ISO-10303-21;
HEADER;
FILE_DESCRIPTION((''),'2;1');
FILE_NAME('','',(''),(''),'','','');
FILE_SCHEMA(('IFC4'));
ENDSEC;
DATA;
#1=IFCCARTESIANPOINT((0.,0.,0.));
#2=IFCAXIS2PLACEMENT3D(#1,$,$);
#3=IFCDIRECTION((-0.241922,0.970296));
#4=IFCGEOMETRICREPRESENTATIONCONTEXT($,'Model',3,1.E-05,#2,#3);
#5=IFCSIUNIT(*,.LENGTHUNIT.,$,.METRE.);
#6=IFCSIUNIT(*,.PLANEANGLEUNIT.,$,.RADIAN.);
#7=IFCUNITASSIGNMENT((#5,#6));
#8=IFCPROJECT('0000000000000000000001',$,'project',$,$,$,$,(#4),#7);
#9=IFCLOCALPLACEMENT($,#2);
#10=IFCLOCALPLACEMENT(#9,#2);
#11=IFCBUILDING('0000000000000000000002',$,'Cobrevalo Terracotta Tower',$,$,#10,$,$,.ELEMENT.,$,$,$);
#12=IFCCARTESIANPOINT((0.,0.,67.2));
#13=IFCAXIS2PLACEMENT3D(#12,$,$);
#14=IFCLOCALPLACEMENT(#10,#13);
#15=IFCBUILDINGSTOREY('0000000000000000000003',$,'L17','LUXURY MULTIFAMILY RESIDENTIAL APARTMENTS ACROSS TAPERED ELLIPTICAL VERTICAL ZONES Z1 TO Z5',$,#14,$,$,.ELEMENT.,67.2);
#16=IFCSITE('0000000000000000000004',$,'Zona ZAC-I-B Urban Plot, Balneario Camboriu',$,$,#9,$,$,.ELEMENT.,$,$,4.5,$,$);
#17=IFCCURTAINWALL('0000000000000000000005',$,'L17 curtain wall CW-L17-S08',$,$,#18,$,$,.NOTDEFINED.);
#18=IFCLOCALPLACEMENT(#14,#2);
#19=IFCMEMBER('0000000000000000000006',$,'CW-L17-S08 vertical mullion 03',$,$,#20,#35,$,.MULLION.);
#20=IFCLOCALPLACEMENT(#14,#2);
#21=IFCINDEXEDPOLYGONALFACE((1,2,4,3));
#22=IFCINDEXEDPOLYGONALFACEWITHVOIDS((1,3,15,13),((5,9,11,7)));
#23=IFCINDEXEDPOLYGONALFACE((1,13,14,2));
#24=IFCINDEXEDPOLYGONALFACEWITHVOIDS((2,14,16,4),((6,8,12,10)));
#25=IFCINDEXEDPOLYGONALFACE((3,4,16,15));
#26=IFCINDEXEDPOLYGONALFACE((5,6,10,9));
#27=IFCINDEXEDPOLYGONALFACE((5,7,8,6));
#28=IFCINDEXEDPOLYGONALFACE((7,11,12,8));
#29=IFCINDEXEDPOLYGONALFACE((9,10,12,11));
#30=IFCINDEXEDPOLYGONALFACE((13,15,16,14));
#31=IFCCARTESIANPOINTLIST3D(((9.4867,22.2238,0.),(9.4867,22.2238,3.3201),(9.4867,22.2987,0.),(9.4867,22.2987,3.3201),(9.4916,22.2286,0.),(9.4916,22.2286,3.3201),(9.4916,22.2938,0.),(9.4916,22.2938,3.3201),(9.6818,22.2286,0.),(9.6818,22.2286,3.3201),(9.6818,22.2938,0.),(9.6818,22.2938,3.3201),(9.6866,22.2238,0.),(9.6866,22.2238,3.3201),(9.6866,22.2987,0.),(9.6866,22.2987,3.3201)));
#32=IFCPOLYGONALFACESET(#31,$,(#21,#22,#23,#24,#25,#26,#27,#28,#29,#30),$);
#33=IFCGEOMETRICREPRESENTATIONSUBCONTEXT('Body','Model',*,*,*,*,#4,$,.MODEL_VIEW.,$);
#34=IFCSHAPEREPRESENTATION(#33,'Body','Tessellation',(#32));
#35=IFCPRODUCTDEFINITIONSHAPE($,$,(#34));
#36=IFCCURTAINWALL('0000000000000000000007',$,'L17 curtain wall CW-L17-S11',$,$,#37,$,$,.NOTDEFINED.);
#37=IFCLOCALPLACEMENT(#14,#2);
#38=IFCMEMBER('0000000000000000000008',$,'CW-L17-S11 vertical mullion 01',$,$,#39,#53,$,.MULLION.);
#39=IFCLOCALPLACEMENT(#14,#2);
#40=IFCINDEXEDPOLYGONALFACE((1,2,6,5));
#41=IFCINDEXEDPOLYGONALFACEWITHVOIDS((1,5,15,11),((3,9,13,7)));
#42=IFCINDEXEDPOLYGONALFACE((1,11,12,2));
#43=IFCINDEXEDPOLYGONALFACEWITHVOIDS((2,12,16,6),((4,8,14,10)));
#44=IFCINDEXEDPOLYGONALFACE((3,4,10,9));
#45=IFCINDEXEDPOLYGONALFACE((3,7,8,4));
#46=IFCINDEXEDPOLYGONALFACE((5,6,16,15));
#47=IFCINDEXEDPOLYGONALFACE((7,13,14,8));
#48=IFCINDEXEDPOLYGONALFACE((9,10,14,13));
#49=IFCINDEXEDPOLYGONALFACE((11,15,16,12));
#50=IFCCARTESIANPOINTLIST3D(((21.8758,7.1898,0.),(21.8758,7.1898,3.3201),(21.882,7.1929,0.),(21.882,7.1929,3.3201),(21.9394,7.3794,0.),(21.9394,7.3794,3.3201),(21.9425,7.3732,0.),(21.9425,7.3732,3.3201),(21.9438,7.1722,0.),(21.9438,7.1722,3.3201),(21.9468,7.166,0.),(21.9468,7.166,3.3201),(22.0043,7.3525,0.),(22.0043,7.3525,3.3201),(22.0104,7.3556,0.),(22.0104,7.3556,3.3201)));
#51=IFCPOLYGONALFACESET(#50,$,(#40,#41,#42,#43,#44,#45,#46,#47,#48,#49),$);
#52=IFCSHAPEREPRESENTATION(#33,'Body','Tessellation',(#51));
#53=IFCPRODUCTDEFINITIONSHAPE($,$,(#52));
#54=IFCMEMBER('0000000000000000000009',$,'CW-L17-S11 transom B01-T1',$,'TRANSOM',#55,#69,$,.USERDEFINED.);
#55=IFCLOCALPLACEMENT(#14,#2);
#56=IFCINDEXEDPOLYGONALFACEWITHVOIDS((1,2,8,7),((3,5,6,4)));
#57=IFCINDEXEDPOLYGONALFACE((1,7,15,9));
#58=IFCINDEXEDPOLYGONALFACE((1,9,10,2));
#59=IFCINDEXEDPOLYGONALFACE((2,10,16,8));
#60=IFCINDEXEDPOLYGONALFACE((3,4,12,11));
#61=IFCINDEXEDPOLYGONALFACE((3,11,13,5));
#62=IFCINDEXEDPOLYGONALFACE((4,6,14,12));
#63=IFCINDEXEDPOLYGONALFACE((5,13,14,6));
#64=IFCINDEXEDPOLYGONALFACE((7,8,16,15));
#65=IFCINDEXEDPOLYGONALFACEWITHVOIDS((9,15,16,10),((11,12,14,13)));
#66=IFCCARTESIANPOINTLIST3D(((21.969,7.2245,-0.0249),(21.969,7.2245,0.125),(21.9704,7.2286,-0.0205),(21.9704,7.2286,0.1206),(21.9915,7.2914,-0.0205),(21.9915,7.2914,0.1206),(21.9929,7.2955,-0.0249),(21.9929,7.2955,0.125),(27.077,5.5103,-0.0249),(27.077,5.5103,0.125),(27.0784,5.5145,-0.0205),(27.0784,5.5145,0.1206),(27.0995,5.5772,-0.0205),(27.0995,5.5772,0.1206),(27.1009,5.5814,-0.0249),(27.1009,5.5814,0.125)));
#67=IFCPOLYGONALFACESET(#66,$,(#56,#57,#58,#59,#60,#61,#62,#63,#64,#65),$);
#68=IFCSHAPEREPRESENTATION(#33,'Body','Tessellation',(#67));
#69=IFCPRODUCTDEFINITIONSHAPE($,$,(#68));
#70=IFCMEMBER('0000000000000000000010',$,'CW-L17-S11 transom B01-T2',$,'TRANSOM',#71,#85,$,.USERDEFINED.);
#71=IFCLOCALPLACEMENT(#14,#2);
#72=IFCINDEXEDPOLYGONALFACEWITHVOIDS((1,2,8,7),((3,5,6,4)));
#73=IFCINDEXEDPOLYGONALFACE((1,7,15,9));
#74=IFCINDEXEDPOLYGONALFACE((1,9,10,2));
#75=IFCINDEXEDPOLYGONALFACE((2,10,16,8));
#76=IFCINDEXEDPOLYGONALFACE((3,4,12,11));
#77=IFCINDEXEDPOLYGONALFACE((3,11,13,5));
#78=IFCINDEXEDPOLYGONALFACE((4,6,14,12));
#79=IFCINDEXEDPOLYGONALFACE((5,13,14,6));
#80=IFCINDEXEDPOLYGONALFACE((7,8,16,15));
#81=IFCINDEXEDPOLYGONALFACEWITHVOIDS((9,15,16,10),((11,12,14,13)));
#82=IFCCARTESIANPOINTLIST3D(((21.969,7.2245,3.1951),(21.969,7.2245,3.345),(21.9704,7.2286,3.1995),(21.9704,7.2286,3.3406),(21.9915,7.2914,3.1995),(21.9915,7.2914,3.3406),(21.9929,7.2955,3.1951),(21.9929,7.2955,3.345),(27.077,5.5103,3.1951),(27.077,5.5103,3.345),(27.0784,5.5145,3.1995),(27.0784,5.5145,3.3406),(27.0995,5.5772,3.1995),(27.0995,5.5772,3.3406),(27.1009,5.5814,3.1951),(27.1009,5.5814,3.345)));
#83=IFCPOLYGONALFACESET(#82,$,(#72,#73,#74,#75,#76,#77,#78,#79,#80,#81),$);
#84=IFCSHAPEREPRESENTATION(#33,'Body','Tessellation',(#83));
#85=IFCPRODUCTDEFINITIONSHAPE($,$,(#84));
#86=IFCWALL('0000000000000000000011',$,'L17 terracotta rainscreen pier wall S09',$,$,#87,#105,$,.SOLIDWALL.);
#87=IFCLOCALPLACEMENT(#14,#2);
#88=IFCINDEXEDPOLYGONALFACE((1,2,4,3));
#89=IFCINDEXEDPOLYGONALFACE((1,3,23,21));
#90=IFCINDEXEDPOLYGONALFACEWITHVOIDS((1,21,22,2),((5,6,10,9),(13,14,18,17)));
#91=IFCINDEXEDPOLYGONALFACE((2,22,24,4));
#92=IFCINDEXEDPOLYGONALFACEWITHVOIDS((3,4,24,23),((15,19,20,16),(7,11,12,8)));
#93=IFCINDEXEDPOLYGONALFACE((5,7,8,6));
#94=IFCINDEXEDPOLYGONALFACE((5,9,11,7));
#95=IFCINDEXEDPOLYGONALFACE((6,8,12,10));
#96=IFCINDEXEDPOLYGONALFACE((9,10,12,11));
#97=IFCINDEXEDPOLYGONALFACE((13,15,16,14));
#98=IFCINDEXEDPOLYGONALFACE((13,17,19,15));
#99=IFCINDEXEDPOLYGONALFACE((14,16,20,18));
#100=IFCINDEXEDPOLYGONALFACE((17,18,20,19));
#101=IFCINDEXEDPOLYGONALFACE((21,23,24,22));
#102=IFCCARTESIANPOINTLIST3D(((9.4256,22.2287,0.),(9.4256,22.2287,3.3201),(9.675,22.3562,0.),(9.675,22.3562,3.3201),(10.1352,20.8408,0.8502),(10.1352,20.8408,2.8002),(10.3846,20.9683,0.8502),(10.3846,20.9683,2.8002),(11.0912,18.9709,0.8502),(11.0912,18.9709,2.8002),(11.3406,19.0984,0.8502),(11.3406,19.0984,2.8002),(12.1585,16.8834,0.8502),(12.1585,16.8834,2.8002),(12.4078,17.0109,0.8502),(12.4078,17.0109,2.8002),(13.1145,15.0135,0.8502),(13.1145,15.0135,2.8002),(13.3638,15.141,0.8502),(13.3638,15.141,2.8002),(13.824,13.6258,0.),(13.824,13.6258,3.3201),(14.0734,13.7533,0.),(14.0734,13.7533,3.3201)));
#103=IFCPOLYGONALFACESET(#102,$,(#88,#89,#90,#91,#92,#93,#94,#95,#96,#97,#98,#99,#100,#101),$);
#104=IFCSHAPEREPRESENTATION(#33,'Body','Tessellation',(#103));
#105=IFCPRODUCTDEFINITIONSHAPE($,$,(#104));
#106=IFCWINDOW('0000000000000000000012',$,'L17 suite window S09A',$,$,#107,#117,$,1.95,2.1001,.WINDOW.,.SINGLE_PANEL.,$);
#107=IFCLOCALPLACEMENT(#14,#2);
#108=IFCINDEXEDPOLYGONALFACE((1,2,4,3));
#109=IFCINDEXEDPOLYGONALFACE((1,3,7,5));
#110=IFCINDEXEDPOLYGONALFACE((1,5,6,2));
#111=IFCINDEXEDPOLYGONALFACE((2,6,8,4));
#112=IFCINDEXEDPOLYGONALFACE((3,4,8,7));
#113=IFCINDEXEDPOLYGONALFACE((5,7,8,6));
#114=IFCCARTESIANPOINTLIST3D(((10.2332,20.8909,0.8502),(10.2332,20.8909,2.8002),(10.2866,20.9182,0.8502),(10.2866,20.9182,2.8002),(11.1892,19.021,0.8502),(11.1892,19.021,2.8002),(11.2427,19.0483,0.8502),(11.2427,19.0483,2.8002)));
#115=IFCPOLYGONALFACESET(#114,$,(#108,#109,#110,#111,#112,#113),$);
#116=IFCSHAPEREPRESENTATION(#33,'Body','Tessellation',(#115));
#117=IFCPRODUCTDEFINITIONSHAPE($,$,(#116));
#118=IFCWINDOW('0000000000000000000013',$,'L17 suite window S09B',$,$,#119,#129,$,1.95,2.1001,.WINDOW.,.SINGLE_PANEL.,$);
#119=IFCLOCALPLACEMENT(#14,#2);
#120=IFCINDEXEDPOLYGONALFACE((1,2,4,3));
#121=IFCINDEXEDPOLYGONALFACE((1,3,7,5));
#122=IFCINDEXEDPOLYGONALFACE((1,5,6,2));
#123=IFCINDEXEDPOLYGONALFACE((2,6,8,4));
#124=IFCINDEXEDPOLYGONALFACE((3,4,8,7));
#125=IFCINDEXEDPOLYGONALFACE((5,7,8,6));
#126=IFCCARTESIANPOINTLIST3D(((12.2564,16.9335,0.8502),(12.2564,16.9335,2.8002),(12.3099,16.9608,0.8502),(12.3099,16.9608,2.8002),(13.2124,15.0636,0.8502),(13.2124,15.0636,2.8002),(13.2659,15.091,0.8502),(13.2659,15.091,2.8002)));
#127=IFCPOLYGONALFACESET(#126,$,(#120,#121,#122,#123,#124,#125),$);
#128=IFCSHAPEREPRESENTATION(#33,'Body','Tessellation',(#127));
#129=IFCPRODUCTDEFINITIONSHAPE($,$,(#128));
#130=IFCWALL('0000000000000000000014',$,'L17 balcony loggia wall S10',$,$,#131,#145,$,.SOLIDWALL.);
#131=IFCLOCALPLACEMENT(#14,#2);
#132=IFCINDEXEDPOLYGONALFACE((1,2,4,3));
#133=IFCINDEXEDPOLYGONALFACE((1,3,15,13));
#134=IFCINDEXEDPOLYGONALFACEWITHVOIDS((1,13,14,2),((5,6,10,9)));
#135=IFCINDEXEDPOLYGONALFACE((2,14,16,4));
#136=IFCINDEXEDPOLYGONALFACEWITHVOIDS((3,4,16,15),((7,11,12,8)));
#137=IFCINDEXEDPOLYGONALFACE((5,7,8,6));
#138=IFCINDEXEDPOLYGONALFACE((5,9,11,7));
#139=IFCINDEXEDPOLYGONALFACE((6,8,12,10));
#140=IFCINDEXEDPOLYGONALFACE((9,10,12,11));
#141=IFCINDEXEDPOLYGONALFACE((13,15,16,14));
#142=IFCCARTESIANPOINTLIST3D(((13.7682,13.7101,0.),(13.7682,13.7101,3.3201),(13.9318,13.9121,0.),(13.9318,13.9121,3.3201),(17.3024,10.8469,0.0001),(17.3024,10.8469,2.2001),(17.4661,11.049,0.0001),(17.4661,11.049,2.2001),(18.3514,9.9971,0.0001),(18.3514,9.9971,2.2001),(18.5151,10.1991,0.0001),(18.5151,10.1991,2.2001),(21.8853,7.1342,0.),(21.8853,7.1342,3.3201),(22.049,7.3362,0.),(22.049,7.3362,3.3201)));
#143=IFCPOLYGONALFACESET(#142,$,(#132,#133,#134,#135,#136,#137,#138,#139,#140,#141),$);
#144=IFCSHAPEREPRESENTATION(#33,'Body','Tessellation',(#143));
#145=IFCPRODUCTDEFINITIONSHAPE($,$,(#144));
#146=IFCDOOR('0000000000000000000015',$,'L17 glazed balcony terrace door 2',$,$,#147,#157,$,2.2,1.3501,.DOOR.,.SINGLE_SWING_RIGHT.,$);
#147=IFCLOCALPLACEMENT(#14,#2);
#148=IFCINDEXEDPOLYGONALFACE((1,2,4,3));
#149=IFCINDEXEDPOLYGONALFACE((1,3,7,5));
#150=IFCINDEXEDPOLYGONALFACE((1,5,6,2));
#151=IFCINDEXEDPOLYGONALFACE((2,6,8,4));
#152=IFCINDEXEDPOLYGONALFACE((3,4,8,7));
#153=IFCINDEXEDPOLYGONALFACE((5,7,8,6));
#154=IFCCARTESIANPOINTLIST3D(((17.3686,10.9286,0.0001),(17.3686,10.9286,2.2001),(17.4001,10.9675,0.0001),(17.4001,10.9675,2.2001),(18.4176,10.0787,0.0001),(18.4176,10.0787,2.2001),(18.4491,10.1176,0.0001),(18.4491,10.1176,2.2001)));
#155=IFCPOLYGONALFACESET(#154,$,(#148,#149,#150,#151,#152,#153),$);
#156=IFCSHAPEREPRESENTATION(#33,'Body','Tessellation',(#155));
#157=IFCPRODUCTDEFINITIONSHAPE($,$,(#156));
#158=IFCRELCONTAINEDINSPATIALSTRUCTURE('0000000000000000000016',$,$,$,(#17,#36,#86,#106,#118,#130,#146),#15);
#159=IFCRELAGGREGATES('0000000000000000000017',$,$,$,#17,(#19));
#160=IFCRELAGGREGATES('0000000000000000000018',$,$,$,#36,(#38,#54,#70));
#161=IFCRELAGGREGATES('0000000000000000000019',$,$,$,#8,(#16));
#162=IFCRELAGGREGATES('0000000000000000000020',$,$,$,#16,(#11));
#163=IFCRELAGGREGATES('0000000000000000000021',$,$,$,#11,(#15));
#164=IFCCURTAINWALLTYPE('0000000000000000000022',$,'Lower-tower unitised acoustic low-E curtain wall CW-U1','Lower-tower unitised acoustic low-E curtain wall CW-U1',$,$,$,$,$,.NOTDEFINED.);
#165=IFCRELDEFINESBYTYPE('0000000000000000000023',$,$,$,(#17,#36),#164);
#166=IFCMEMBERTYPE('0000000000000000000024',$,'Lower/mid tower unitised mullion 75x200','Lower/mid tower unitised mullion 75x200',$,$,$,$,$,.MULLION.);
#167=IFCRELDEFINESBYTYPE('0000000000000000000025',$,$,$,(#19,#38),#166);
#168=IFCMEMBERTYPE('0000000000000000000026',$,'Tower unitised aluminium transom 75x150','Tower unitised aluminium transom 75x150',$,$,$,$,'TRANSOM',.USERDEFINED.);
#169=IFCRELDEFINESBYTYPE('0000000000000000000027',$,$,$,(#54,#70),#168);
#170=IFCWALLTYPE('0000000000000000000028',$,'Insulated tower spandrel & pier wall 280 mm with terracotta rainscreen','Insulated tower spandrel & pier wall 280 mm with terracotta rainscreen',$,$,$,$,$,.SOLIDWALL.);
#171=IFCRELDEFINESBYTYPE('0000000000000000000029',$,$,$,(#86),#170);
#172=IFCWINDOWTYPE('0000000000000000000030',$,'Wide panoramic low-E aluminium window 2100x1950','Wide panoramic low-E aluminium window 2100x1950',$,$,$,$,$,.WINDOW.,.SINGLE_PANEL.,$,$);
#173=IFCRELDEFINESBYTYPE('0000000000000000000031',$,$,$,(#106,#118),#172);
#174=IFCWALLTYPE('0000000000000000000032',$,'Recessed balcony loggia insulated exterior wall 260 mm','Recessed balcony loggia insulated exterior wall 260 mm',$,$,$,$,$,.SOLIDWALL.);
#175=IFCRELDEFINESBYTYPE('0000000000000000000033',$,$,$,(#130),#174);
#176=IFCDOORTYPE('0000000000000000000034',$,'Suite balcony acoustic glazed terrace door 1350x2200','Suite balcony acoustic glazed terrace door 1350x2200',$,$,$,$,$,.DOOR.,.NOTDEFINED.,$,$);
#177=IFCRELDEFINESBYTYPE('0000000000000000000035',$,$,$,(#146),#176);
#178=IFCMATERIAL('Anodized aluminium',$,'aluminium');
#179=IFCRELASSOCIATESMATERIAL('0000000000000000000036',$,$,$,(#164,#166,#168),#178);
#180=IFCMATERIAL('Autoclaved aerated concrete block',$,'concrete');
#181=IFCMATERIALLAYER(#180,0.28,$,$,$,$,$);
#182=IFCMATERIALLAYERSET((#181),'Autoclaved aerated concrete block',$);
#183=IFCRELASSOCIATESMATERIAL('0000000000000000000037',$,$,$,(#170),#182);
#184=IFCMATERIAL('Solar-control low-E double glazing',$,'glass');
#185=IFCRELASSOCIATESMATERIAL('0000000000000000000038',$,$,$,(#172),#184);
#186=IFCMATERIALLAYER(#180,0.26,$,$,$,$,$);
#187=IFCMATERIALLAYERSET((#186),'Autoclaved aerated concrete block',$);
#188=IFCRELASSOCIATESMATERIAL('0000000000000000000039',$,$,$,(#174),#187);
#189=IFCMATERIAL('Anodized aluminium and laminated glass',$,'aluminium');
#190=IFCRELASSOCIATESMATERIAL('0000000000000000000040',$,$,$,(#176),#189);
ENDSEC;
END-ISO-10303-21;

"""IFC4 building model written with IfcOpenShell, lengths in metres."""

from ifc_helpers import new_model, si_unit, direction, frame, frame_2d, origin, origin_2d, place, context, subcontext, project, spatial, rectangle, hollow_rectangle, extrude, source, transform, mapped, material, layer, layer_set, material_profile, profile_set, type_object, element, fill, aggregate, save


model = new_model("IFC4")

# Units and contexts
model_context = context("Model", 3, precision=1e-05, world=origin(), true_north=direction((-0.241922, 0.970296)))
body_context = subcontext(model_context, "Body", "Model", "MODEL_VIEW")
ifc_project = project(units=[si_unit("LENGTHUNIT", "METRE"), si_unit("PLANEANGLEUNIT", "RADIAN")], contexts=[model_context])

# Site, building, storey
site_placement = place(None, origin())
site = spatial("IfcSite", under=ifc_project, at=site_placement, Name="Zona ZAC-I-B Urban Plot, Balneario Camboriu", CompositionType="ELEMENT", RefElevation=4.5)
building_placement = place(site_placement, origin())
building = spatial("IfcBuilding", under=site, at=building_placement, Name="Cobrevalo Terracotta Tower", CompositionType="ELEMENT")
storey_placement = place(building_placement, frame((0.0, 0.0, 67.2)))
storey = spatial("IfcBuildingStorey", under=building, at=storey_placement, Name="L17", Description="LUXURY MULTIFAMILY RESIDENTIAL APARTMENTS ACROSS TAPERED ELLIPTICAL VERTICAL ZONES Z1 TO Z5", CompositionType="ELEMENT", Elevation=67.2)

# Curtain wall, member
ifc_material_1 = material(Name="Anodized aluminium", Category="aluminium")
curtain_wall_type = type_object("IfcCurtainWallType", Name="Lower-tower unitised acoustic low-E curtain wall CW-U1", Description="Lower-tower unitised acoustic low-E curtain wall CW-U1", PredefinedType="NOTDEFINED", material=ifc_material_1)
curtain_wall_1_placement = place(storey_placement, origin())
curtain_wall_1 = element("IfcCurtainWall", 1, at=curtain_wall_1_placement, inside=storey, type_object=curtain_wall_type, Name="L17 curtain wall CW-L17-S08", PredefinedType="NOTDEFINED")
ifc_material_profile_1 = material_profile(ifc_material_1, hollow_rectangle(XDim=0.075, YDim=0.2, WallThickness=0.0049, at=origin_2d()), Name="CWM 75x200")
ifc_profile_set_1 = profile_set([ifc_material_profile_1], Name="Anodized aluminium")
member_type_1 = type_object("IfcMemberType", Name="Lower/mid tower unitised mullion 75x200", Description="Lower/mid tower unitised mullion 75x200", PredefinedType="MULLION", material=ifc_profile_set_1)
shared_shape_1 = source(origin(), body_context, "Body", "SweptSolid", [
    extrude(hollow_rectangle(XDim=0.075, YDim=0.2, WallThickness=0.0049, at=origin_2d()), origin(), (0.0, 0.0, 1.0), 3.3201),
])
member_1_placement = place(storey_placement, frame((9.5867, 22.2612, 0.0), z_axis=(0.0, 0.0, 1.0), x_axis=(0.0, -1.0, 0.0)))
member_1 = element("IfcMember", 2, at=member_1_placement, type_object=member_type_1, Name="CW-L17-S08 vertical mullion 03", PredefinedType="MULLION", context=body_context, shape_type="MappedRepresentation", body=[
    mapped(shared_shape_1, transform((0.0, 0.0, 0.0), scale=1.0)),
])
aggregate(curtain_wall_1, [member_1])

# Curtain wall, members
curtain_wall_2_placement = place(storey_placement, origin())
curtain_wall_2 = element("IfcCurtainWall", 3, at=curtain_wall_2_placement, inside=storey, type_object=curtain_wall_type, Name="L17 curtain wall CW-L17-S11", PredefinedType="NOTDEFINED")
member_2_placement = place(storey_placement, frame((21.9431, 7.2727, 0.0), z_axis=(0.0, 0.0, 1.0), x_axis=(0.948046, -0.318132, 0.0)))
member_2 = element("IfcMember", 4, at=member_2_placement, type_object=member_type_1, Name="CW-L17-S11 vertical mullion 01", PredefinedType="MULLION", context=body_context, shape_type="MappedRepresentation", body=[
    mapped(shared_shape_1, transform((0.0, 0.0, 0.0), scale=1.0)),
])
ifc_material_profile_2 = material_profile(ifc_material_1, hollow_rectangle(XDim=0.075, YDim=0.1499, WallThickness=0.0044, at=origin_2d()), Name="CWT 75x150")
ifc_profile_set_2 = profile_set([ifc_material_profile_2], Name="Anodized aluminium")
member_type_2 = type_object("IfcMemberType", Name="Tower unitised aluminium transom 75x150", Description="Tower unitised aluminium transom 75x150", ElementType="TRANSOM", PredefinedType="USERDEFINED", material=ifc_profile_set_2)
shared_shape_2 = source(origin(), body_context, "Body", "SweptSolid", [
    extrude(hollow_rectangle(XDim=0.075, YDim=0.1499, WallThickness=0.0044, at=origin_2d()), origin(), (0.0, 0.0, 1.0), 5.3879),
])
member_3_placement = place(storey_placement, frame((21.981, 7.26, 0.05), z_axis=(0.948042, -0.318144, 0.0), x_axis=(0.318144, 0.948042, 0.0)))
member_3 = element("IfcMember", 5, at=member_3_placement, type_object=member_type_2, Name="CW-L17-S11 transom B01-T1", ObjectType="TRANSOM", PredefinedType="USERDEFINED", context=body_context, shape_type="MappedRepresentation", body=[
    mapped(shared_shape_2, transform((0.0, 0.0, 0.0), scale=1.0)),
])
member_4_placement = place(storey_placement, frame((21.981, 7.26, 3.27), z_axis=(0.948042, -0.318144, 0.0), x_axis=(0.318144, 0.948042, 0.0)))
member_4 = element("IfcMember", 6, at=member_4_placement, type_object=member_type_2, Name="CW-L17-S11 transom B01-T2", ObjectType="TRANSOM", PredefinedType="USERDEFINED", context=body_context, shape_type="MappedRepresentation", body=[
    mapped(shared_shape_2, transform((0.0, 0.0, 0.0), scale=1.0)),
])
aggregate(curtain_wall_2, [member_2, member_3, member_4])

# Wall, openings, windows
ifc_material_2 = material(Name="Autoclaved aerated concrete block", Category="concrete")
ifc_layer_1 = layer(ifc_material_2, 0.28)
ifc_layer_set_1 = layer_set([ifc_layer_1], Name="Autoclaved aerated concrete block")
wall_type_1 = type_object("IfcWallType", Name="Insulated tower spandrel & pier wall 280 mm with terracotta rainscreen", Description="Insulated tower spandrel & pier wall 280 mm with terracotta rainscreen", PredefinedType="SOLIDWALL", material=ifc_layer_set_1)
wall_1_placement = place(storey_placement, frame((9.5503, 22.2925, 0.0), z_axis=(0.0, 0.0, 1.0), x_axis=(0.455221, -0.890379, 0.0)))
wall_1 = element("IfcWall", 7, at=wall_1_placement, inside=storey, type_object=wall_type_1, Name="L17 terracotta rainscreen pier wall S09", PredefinedType="SOLIDWALL", context=body_context, shape_type="SweptSolid", body=[
    extrude(rectangle(XDim=9.6621, YDim=0.28, at=frame_2d((4.8311, 0.0))), origin(), (0.0, 0.0, 1.0), 3.3201),
])
opening_1_placement = place(wall_1_placement, frame((1.5588, 0.0, 0.8501)))
opening_1 = element("IfcOpeningElement", 8, at=opening_1_placement, cuts=wall_1, PredefinedType="OPENING", context=body_context, shape_type="SweptSolid", body=[
    extrude(rectangle(XDim=2.1001, YDim=1.95, at=frame_2d((1.05, 0.9751))), frame((0.0, 0.1499, 0.0), z_axis=(0.0, -1.0, 0.0), x_axis=(1.0, 0.0, 0.0)), (0.0, 0.0, 1.0), 0.3),
])
opening_2_placement = place(wall_1_placement, frame((6.0034, 0.0, 0.8501)))
opening_2 = element("IfcOpeningElement", 9, at=opening_2_placement, cuts=wall_1, PredefinedType="OPENING", context=body_context, shape_type="SweptSolid", body=[
    extrude(rectangle(XDim=2.1001, YDim=1.95, at=frame_2d((1.05, 0.9751))), frame((0.0, 0.1499, 0.0), z_axis=(0.0, -1.0, 0.0), x_axis=(1.0, 0.0, 0.0)), (0.0, 0.0, 1.0), 0.3),
])
ifc_material_3 = material(Name="Solar-control low-E double glazing", Category="glass")
window_type = type_object("IfcWindowType", Name="Wide panoramic low-E aluminium window 2100x1950", Description="Wide panoramic low-E aluminium window 2100x1950", PartitioningType="SINGLE_PANEL", PredefinedType="WINDOW", material=ifc_material_3)
shared_shape_3 = source(origin(), body_context, "Body", "SweptSolid", [
    extrude(rectangle(XDim=2.1001, YDim=1.95, at=frame_2d((1.05, 0.9751))), frame((0.0, 0.03, 0.0), z_axis=(0.0, -1.0, 0.0), x_axis=(1.0, 0.0, 0.0)), (0.0, 0.0, 1.0), 0.0601),
])
window_1_placement = place(opening_1_placement, origin())
window_1 = element("IfcWindow", 10, at=window_1_placement, inside=storey, type_object=window_type, Name="L17 suite window S09A", OverallHeight=1.95, OverallWidth=2.1001, PartitioningType="SINGLE_PANEL", PredefinedType="WINDOW", context=body_context, shape_type="MappedRepresentation", body=[
    mapped(shared_shape_3, transform((0.0, 0.0, 0.0), scale=1.0)),
])
fill(opening_1, window_1)
window_2_placement = place(opening_2_placement, origin())
window_2 = element("IfcWindow", 11, at=window_2_placement, inside=storey, type_object=window_type, Name="L17 suite window S09B", OverallHeight=1.95, OverallWidth=2.1001, PartitioningType="SINGLE_PANEL", PredefinedType="WINDOW", context=body_context, shape_type="MappedRepresentation", body=[
    mapped(shared_shape_3, transform((0.0, 0.0, 0.0), scale=1.0)),
])
fill(opening_2, window_2)

# Wall, opening, door
ifc_layer_2 = layer(ifc_material_2, 0.26)
ifc_layer_set_2 = layer_set([ifc_layer_2], Name="Autoclaved aerated concrete block")
wall_type_2 = type_object("IfcWallType", Name="Recessed balcony loggia insulated exterior wall 260 mm", Description="Recessed balcony loggia insulated exterior wall 260 mm", PredefinedType="SOLIDWALL", material=ifc_layer_set_2)
wall_2_placement = place(storey_placement, frame((13.8501, 13.811, 0.0), z_axis=(0.0, 0.0, 1.0), x_axis=(0.777017, -0.62948, 0.0)))
wall_2 = element("IfcWall", 12, at=wall_2_placement, inside=storey, type_object=wall_type_2, Name="L17 balcony loggia wall S10", PredefinedType="SOLIDWALL", context=body_context, shape_type="SweptSolid", body=[
    extrude(rectangle(XDim=10.4465, YDim=0.26, at=frame_2d((5.2231, 0.0))), origin(), (0.0, 0.0, 1.0), 3.3201),
])
opening_3_placement = place(wall_2_placement, frame((4.5483, 0.0, 0.0)))
opening_3 = element("IfcOpeningElement", 13, at=opening_3_placement, cuts=wall_2, PredefinedType="OPENING", context=body_context, shape_type="SweptSolid", body=[
    extrude(rectangle(XDim=1.3501, YDim=2.2, at=frame_2d((0.675, 1.1001))), frame((0.0, 0.1401, 0.0), z_axis=(0.0, -1.0, 0.0), x_axis=(1.0, 0.0, 0.0)), (0.0, 0.0, 1.0), 0.28),
])
ifc_material_4 = material(Name="Anodized aluminium and laminated glass", Category="aluminium")
door_type = type_object("IfcDoorType", Name="Suite balcony acoustic glazed terrace door 1350x2200", Description="Suite balcony acoustic glazed terrace door 1350x2200", OperationType="NOTDEFINED", PredefinedType="DOOR", material=ifc_material_4)
shared_shape_4 = source(origin(), body_context, "Body", "SweptSolid", [
    extrude(rectangle(XDim=1.3501, YDim=2.2, at=frame_2d((0.675, 1.1001))), frame((0.0, 0.0249, 0.0), z_axis=(0.0, -1.0, 0.0), x_axis=(1.0, 0.0, 0.0)), (0.0, 0.0, 1.0), 0.05),
])
door_placement = place(opening_3_placement, frame((1.3501, 0.0, 0.0), z_axis=(0.0, 0.0, 1.0), x_axis=(-1.0, 0.0, 0.0)))
door = element("IfcDoor", 14, at=door_placement, inside=storey, type_object=door_type, Name="L17 glazed balcony terrace door 2", OperationType="SINGLE_SWING_RIGHT", OverallHeight=2.2, OverallWidth=1.3501, PredefinedType="DOOR", context=body_context, shape_type="MappedRepresentation", body=[
    mapped(shared_shape_4, transform((0.0, 0.0, 0.0), scale=1.0)),
])
fill(opening_3, door)

save(model, "model.ifc")
